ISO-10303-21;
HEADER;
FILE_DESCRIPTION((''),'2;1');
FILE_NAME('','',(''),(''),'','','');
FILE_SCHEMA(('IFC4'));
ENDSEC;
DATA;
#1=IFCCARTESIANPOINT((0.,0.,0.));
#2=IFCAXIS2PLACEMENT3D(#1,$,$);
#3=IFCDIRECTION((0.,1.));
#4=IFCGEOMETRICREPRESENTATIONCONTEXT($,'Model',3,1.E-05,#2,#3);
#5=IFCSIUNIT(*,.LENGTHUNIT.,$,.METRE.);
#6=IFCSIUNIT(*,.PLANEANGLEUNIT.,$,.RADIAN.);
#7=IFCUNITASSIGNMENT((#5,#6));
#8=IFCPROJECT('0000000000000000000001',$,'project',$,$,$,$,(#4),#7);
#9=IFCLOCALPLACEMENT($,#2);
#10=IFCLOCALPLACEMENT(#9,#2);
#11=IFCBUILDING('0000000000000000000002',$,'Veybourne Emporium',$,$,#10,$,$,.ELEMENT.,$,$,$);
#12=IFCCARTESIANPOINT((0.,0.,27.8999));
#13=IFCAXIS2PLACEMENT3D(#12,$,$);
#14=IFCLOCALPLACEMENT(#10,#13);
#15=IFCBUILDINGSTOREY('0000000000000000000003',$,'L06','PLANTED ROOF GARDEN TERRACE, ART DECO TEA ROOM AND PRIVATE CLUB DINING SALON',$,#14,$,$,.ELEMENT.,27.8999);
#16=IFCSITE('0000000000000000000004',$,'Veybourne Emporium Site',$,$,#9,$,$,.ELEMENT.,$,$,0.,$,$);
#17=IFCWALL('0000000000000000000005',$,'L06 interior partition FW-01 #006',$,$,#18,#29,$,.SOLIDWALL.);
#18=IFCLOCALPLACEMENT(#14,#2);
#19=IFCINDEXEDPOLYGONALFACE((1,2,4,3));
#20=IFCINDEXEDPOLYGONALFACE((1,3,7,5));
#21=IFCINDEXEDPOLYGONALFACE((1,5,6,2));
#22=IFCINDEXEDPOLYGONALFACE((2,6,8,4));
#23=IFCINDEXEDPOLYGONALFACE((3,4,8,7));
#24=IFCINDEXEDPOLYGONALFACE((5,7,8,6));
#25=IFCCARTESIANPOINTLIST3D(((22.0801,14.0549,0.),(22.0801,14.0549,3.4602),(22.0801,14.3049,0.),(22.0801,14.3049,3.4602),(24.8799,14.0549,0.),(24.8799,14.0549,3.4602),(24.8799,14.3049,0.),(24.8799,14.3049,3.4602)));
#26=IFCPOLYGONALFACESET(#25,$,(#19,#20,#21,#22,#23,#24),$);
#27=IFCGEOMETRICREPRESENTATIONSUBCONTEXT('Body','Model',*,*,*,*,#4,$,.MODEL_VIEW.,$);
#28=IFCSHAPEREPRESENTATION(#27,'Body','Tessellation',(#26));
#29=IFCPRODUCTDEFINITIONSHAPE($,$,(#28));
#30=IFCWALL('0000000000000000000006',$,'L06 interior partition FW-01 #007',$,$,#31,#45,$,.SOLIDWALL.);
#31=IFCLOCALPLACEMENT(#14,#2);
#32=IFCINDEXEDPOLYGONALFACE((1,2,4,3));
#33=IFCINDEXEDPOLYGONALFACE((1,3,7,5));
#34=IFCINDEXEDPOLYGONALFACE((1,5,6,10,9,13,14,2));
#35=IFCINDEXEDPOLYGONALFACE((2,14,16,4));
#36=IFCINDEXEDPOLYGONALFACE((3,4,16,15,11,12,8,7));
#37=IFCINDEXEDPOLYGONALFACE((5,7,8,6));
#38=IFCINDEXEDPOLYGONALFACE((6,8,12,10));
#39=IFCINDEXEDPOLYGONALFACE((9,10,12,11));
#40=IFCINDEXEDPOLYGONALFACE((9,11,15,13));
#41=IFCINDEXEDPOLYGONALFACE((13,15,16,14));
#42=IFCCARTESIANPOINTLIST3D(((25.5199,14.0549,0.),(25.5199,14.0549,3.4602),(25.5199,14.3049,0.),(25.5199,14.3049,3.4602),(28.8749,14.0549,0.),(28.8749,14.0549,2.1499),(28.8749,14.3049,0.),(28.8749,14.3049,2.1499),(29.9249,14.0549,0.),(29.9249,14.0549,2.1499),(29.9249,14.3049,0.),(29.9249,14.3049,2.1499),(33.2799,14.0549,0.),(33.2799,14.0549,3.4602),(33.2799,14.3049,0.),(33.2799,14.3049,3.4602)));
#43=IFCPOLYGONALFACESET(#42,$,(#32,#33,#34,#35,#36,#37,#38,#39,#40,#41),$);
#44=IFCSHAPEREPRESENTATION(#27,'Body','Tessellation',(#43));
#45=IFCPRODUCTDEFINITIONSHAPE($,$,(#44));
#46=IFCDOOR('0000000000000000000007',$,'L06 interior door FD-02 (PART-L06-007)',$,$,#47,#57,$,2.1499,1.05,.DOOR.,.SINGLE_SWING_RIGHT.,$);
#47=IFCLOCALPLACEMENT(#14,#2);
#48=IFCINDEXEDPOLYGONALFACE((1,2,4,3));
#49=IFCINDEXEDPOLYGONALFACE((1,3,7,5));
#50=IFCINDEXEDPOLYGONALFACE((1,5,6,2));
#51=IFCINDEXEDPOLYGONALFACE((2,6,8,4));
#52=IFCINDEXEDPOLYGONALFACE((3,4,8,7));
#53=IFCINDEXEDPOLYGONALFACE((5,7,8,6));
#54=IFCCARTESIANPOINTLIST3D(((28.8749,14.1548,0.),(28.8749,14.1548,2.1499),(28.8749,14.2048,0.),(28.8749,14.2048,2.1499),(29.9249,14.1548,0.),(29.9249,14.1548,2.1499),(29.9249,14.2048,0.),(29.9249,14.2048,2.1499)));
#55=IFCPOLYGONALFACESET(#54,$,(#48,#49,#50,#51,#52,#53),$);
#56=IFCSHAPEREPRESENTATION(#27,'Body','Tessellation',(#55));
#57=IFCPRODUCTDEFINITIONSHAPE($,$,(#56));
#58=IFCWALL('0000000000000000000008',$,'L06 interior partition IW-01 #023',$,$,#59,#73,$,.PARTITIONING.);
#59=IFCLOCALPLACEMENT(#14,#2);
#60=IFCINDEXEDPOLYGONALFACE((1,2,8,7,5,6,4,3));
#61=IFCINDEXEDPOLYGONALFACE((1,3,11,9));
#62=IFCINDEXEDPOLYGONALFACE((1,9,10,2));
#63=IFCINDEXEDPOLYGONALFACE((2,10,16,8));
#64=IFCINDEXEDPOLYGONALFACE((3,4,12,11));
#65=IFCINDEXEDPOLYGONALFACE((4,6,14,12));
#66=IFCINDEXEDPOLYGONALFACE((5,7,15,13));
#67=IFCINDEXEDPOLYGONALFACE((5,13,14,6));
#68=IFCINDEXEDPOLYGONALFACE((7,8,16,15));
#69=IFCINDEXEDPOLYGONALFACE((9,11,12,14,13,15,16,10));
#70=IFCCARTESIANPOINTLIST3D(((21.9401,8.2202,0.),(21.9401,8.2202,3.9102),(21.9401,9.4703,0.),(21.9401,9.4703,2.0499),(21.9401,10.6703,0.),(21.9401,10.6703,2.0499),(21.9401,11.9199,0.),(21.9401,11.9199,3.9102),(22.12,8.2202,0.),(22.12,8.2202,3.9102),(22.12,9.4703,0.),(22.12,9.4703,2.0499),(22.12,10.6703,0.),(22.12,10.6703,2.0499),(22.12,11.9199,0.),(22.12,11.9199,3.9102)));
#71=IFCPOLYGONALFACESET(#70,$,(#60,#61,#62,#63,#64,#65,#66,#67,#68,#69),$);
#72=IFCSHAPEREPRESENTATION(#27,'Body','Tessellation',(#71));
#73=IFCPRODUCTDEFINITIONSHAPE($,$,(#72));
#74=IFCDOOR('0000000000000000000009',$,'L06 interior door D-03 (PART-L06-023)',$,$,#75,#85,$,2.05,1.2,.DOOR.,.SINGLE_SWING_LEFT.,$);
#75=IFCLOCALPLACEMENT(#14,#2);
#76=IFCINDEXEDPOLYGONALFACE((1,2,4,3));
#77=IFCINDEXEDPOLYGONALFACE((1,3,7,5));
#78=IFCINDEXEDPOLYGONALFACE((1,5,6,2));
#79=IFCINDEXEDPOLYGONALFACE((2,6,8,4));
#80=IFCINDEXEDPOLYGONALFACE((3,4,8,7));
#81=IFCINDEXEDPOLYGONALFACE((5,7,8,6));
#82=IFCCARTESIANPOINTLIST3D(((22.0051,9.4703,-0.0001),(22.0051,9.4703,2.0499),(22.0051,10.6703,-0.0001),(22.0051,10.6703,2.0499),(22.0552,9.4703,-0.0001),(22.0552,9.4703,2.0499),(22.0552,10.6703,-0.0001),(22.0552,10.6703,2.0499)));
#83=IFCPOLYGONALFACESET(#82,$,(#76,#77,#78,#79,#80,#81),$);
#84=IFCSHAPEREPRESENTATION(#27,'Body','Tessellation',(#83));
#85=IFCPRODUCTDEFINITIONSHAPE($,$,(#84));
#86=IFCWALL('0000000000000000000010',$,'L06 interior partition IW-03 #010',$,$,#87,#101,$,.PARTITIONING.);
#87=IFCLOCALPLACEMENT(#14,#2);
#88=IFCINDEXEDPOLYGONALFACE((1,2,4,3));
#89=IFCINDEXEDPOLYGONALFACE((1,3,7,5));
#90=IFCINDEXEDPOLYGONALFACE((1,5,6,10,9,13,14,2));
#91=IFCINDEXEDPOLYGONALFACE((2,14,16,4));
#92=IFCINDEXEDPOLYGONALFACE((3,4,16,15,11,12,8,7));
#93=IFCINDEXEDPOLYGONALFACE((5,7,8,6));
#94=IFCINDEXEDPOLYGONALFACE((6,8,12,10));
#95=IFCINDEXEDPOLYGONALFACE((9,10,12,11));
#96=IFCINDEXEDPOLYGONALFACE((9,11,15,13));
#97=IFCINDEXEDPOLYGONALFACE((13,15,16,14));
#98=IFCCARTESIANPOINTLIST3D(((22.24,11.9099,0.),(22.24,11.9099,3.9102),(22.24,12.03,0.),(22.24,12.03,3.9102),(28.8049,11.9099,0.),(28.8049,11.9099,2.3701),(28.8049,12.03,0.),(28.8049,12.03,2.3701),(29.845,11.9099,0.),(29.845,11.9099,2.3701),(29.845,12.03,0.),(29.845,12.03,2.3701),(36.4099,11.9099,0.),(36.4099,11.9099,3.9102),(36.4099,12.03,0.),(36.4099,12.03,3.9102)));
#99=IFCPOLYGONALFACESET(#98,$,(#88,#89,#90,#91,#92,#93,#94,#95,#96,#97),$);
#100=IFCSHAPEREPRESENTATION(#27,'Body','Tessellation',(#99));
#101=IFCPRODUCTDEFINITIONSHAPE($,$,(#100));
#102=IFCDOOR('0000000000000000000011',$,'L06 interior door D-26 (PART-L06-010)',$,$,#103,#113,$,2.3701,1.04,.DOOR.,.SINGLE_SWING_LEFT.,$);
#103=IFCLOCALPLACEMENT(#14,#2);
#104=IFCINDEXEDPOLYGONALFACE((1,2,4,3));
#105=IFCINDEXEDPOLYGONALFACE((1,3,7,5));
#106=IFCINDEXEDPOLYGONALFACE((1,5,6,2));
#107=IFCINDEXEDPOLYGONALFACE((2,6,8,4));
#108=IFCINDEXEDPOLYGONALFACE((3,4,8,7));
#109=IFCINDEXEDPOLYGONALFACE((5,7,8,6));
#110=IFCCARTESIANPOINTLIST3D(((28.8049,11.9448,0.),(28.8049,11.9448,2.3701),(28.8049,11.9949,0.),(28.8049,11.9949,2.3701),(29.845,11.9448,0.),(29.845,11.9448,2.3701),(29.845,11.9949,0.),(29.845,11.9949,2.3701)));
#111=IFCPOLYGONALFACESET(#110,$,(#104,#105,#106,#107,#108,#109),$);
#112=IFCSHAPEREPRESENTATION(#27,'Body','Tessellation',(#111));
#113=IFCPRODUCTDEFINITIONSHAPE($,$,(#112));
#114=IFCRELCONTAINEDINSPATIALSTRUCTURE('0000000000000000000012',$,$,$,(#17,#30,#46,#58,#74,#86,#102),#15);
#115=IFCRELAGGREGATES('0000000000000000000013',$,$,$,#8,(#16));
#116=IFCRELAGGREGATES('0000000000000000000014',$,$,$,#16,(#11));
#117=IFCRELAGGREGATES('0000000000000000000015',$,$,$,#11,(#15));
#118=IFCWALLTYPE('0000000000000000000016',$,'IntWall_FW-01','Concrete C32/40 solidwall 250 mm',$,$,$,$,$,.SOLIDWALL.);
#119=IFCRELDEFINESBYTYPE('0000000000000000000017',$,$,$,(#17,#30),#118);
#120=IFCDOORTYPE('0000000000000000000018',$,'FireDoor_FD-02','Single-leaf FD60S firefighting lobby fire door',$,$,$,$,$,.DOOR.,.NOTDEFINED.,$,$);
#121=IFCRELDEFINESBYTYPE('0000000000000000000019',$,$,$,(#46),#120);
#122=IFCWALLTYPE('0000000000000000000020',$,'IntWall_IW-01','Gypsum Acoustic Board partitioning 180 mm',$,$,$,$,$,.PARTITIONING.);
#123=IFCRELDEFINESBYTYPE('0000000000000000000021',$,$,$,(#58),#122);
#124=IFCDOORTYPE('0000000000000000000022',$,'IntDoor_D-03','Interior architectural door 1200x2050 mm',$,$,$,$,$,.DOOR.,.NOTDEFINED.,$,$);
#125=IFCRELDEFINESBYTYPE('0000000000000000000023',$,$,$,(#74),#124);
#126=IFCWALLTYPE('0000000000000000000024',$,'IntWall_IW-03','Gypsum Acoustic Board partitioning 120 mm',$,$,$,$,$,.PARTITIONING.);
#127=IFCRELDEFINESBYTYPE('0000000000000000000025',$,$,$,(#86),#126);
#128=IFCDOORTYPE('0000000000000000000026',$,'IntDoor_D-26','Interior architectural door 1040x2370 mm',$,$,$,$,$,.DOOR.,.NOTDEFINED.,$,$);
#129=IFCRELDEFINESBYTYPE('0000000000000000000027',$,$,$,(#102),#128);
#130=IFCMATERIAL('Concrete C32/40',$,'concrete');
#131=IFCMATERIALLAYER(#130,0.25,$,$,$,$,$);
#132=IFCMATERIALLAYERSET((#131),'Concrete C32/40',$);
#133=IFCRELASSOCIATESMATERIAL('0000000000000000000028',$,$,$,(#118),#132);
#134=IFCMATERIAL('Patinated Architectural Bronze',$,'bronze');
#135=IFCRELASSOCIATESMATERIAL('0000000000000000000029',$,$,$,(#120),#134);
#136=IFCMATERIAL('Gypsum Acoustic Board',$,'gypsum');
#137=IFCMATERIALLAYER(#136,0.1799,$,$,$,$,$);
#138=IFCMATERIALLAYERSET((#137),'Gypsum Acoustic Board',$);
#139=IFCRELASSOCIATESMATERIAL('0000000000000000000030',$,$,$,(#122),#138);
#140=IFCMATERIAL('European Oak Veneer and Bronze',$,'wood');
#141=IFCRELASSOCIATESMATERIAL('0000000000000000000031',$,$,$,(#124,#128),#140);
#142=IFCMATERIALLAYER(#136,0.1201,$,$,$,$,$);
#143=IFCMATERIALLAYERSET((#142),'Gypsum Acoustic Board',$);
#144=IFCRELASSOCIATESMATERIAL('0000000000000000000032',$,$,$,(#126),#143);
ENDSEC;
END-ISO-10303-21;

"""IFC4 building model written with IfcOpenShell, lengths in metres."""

from ifc_helpers import new_model, si_unit, direction, frame, frame_2d, origin, place, context, subcontext, project, spatial, rectangle, extrude, material, layer, layer_set, type_object, element, fill, save


model = new_model("IFC4")

# Units and contexts
model_context = context("Model", 3, precision=1e-05, world=origin(), true_north=direction((0.0, 1.0)))
body_context = subcontext(model_context, "Body", "Model", "MODEL_VIEW")
ifc_project = project(units=[si_unit("LENGTHUNIT", "METRE"), si_unit("PLANEANGLEUNIT", "RADIAN")], contexts=[model_context])

# Site, building, storey
site_placement = place(None, origin())
site = spatial("IfcSite", under=ifc_project, at=site_placement, Name="Veybourne Emporium Site", CompositionType="ELEMENT", RefElevation=0.0)
building_placement = place(site_placement, origin())
building = spatial("IfcBuilding", under=site, at=building_placement, Name="Veybourne Emporium", CompositionType="ELEMENT")
storey_placement = place(building_placement, frame((0.0, 0.0, 27.8999)))
storey = spatial("IfcBuildingStorey", under=building, at=storey_placement, Name="L06", Description="PLANTED ROOF GARDEN TERRACE, ART DECO TEA ROOM AND PRIVATE CLUB DINING SALON", CompositionType="ELEMENT", Elevation=27.8999)

# Shared definitions
ifc_material_1 = material(Name="Concrete C32/40", Category="concrete")

# Shared definitions
ifc_material_2 = material(Name="Patinated Architectural Bronze", Category="bronze")

# Wall
ifc_layer_1 = layer(ifc_material_1, 0.25)
ifc_layer_set_1 = layer_set([ifc_layer_1], Name="Concrete C32/40")
wall_type_1 = type_object("IfcWallType", Name="IntWall_FW-01", Description="Concrete C32/40 solidwall 250 mm", PredefinedType="SOLIDWALL", material=ifc_layer_set_1)
wall_1_placement = place(storey_placement, frame((22.0801, 14.1799, 0.0), z_axis=(0.0, 0.0, 1.0), x_axis=(1.0, 0.0, 0.0)))
element("IfcWall", 1, at=wall_1_placement, inside=storey, type_object=wall_type_1, Name="L06 interior partition FW-01 #006", PredefinedType="SOLIDWALL", context=body_context, shape_type="SweptSolid", body=[
    extrude(rectangle(XDim=2.7998, YDim=0.25, at=frame_2d((1.3999, 0.0))), origin(), (0.0, 0.0, 1.0), 3.4602),
])

# Walls, openings, doors
wall_2_placement = place(storey_placement, frame((25.52, 14.1799, 0.0), z_axis=(0.0, 0.0, 1.0), x_axis=(1.0, 0.0, 0.0)))
wall_2 = element("IfcWall", 2, at=wall_2_placement, inside=storey, type_object=wall_type_1, Name="L06 interior partition FW-01 #007", PredefinedType="SOLIDWALL", context=body_context, shape_type="SweptSolid", body=[
    extrude(rectangle(XDim=7.76, YDim=0.25, at=frame_2d((3.8799, 0.0))), origin(), (0.0, 0.0, 1.0), 3.4602),
])
opening_1_placement = place(wall_2_placement, frame((3.355, 0.0, 0.0)))
opening_1 = element("IfcOpeningElement", 3, at=opening_1_placement, cuts=wall_2, PredefinedType="OPENING", context=body_context, shape_type="SweptSolid", body=[
    extrude(rectangle(XDim=1.05, YDim=2.1499, at=frame_2d((0.5249, 1.075))), frame((0.0, 0.145, 0.0), z_axis=(0.0, -1.0, 0.0), x_axis=(1.0, 0.0, 0.0)), (0.0, 0.0, 1.0), 0.29),
])
door_type_1 = type_object("IfcDoorType", Name="FireDoor_FD-02", Description="Single-leaf FD60S firefighting lobby fire door", OperationType="NOTDEFINED", PredefinedType="DOOR", material=ifc_material_2)
door_1_placement = place(opening_1_placement, origin())
door_1 = element("IfcDoor", 4, at=door_1_placement, inside=storey, type_object=door_type_1, Name="L06 interior door FD-02 (PART-L06-007)", OperationType="SINGLE_SWING_RIGHT", OverallHeight=2.1499, OverallWidth=1.05, PredefinedType="DOOR", context=body_context, shape_type="SweptSolid", body=[
    extrude(rectangle(XDim=1.05, YDim=2.1499, at=frame_2d((0.5249, 1.075))), frame((0.0, 0.0249, 0.0), z_axis=(0.0, -1.0, 0.0), x_axis=(1.0, 0.0, 0.0)), (0.0, 0.0, 1.0), 0.05),
])
fill(opening_1, door_1)
ifc_material_3 = material(Name="Gypsum Acoustic Board", Category="gypsum")
ifc_layer_2 = layer(ifc_material_3, 0.1799)
ifc_layer_set_2 = layer_set([ifc_layer_2], Name="Gypsum Acoustic Board")
wall_type_2 = type_object("IfcWallType", Name="IntWall_IW-01", Description="Gypsum Acoustic Board partitioning 180 mm", PredefinedType="PARTITIONING", material=ifc_layer_set_2)
wall_3_placement = place(storey_placement, frame((22.03, 8.2202, 0.0), z_axis=(0.0, 0.0, 1.0), x_axis=(0.0, 1.0, 0.0)))
wall_3 = element("IfcWall", 5, at=wall_3_placement, inside=storey, type_object=wall_type_2, Name="L06 interior partition IW-01 #023", PredefinedType="PARTITIONING", context=body_context, shape_type="SweptSolid", body=[
    extrude(rectangle(XDim=3.6997, YDim=0.1799, at=frame_2d((1.8499, 0.0))), origin(), (0.0, 0.0, 1.0), 3.9102),
])
opening_2_placement = place(wall_3_placement, frame((1.25, 0.0, 0.0)))
opening_2 = element("IfcOpeningElement", 6, at=opening_2_placement, cuts=wall_3, PredefinedType="OPENING", context=body_context, shape_type="SweptSolid", body=[
    extrude(rectangle(XDim=1.2, YDim=2.05, at=frame_2d((0.6001, 1.0249))), frame((0.0, 0.1099, 0.0), z_axis=(0.0, -1.0, 0.0), x_axis=(1.0, 0.0, 0.0)), (0.0, 0.0, 1.0), 0.22),
])
ifc_material_4 = material(Name="European Oak Veneer and Bronze", Category="wood")
door_type_2 = type_object("IfcDoorType", Name="IntDoor_D-03", Description="Interior architectural door 1200x2050 mm", OperationType="NOTDEFINED", PredefinedType="DOOR", material=ifc_material_4)
door_2_placement = place(opening_2_placement, origin())
door_2 = element("IfcDoor", 7, at=door_2_placement, inside=storey, type_object=door_type_2, Name="L06 interior door D-03 (PART-L06-023)", OperationType="SINGLE_SWING_LEFT", OverallHeight=2.05, OverallWidth=1.2, PredefinedType="DOOR", context=body_context, shape_type="SweptSolid", body=[
    extrude(rectangle(XDim=1.2, YDim=2.05, at=frame_2d((0.6001, 1.0249))), frame((0.0, 0.0249, 0.0), z_axis=(0.0, -1.0, 0.0), x_axis=(1.0, 0.0, 0.0)), (0.0, 0.0, 1.0), 0.05),
])
fill(opening_2, door_2)
ifc_layer_3 = layer(ifc_material_3, 0.1201)
ifc_layer_set_3 = layer_set([ifc_layer_3], Name="Gypsum Acoustic Board")
wall_type_3 = type_object("IfcWallType", Name="IntWall_IW-03", Description="Gypsum Acoustic Board partitioning 120 mm", PredefinedType="PARTITIONING", material=ifc_layer_set_3)
wall_4_placement = place(storey_placement, frame((22.24, 11.97, 0.0), z_axis=(0.0, 0.0, 1.0), x_axis=(1.0, 0.0, 0.0)))
wall_4 = element("IfcWall", 8, at=wall_4_placement, inside=storey, type_object=wall_type_3, Name="L06 interior partition IW-03 #010", PredefinedType="PARTITIONING", context=body_context, shape_type="SweptSolid", body=[
    extrude(rectangle(XDim=14.1699, YDim=0.1201, at=frame_2d((7.085, 0.0))), origin(), (0.0, 0.0, 1.0), 3.9102),
])
opening_3_placement = place(wall_4_placement, frame((6.5649, 0.0, 0.0)))
opening_3 = element("IfcOpeningElement", 9, at=opening_3_placement, cuts=wall_4, PredefinedType="OPENING", context=body_context, shape_type="SweptSolid", body=[
    extrude(rectangle(XDim=1.04, YDim=2.3701, at=frame_2d((0.52, 1.1851))), frame((0.0, 0.0801, 0.0), z_axis=(0.0, -1.0, 0.0), x_axis=(1.0, 0.0, 0.0)), (0.0, 0.0, 1.0), 0.1602),
])
door_type_3 = type_object("IfcDoorType", Name="IntDoor_D-26", Description="Interior architectural door 1040x2370 mm", OperationType="NOTDEFINED", PredefinedType="DOOR", material=ifc_material_4)
door_3_placement = place(opening_3_placement, origin())
door_3 = element("IfcDoor", 10, at=door_3_placement, inside=storey, type_object=door_type_3, Name="L06 interior door D-26 (PART-L06-010)", OperationType="SINGLE_SWING_LEFT", OverallHeight=2.3701, OverallWidth=1.04, PredefinedType="DOOR", context=body_context, shape_type="SweptSolid", body=[
    extrude(rectangle(XDim=1.04, YDim=2.3701, at=frame_2d((0.52, 1.1851))), frame((0.0, 0.0249, 0.0), z_axis=(0.0, -1.0, 0.0), x_axis=(1.0, 0.0, 0.0)), (0.0, 0.0, 1.0), 0.05),
])
fill(opening_3, door_3)

save(model, "model.ifc")
